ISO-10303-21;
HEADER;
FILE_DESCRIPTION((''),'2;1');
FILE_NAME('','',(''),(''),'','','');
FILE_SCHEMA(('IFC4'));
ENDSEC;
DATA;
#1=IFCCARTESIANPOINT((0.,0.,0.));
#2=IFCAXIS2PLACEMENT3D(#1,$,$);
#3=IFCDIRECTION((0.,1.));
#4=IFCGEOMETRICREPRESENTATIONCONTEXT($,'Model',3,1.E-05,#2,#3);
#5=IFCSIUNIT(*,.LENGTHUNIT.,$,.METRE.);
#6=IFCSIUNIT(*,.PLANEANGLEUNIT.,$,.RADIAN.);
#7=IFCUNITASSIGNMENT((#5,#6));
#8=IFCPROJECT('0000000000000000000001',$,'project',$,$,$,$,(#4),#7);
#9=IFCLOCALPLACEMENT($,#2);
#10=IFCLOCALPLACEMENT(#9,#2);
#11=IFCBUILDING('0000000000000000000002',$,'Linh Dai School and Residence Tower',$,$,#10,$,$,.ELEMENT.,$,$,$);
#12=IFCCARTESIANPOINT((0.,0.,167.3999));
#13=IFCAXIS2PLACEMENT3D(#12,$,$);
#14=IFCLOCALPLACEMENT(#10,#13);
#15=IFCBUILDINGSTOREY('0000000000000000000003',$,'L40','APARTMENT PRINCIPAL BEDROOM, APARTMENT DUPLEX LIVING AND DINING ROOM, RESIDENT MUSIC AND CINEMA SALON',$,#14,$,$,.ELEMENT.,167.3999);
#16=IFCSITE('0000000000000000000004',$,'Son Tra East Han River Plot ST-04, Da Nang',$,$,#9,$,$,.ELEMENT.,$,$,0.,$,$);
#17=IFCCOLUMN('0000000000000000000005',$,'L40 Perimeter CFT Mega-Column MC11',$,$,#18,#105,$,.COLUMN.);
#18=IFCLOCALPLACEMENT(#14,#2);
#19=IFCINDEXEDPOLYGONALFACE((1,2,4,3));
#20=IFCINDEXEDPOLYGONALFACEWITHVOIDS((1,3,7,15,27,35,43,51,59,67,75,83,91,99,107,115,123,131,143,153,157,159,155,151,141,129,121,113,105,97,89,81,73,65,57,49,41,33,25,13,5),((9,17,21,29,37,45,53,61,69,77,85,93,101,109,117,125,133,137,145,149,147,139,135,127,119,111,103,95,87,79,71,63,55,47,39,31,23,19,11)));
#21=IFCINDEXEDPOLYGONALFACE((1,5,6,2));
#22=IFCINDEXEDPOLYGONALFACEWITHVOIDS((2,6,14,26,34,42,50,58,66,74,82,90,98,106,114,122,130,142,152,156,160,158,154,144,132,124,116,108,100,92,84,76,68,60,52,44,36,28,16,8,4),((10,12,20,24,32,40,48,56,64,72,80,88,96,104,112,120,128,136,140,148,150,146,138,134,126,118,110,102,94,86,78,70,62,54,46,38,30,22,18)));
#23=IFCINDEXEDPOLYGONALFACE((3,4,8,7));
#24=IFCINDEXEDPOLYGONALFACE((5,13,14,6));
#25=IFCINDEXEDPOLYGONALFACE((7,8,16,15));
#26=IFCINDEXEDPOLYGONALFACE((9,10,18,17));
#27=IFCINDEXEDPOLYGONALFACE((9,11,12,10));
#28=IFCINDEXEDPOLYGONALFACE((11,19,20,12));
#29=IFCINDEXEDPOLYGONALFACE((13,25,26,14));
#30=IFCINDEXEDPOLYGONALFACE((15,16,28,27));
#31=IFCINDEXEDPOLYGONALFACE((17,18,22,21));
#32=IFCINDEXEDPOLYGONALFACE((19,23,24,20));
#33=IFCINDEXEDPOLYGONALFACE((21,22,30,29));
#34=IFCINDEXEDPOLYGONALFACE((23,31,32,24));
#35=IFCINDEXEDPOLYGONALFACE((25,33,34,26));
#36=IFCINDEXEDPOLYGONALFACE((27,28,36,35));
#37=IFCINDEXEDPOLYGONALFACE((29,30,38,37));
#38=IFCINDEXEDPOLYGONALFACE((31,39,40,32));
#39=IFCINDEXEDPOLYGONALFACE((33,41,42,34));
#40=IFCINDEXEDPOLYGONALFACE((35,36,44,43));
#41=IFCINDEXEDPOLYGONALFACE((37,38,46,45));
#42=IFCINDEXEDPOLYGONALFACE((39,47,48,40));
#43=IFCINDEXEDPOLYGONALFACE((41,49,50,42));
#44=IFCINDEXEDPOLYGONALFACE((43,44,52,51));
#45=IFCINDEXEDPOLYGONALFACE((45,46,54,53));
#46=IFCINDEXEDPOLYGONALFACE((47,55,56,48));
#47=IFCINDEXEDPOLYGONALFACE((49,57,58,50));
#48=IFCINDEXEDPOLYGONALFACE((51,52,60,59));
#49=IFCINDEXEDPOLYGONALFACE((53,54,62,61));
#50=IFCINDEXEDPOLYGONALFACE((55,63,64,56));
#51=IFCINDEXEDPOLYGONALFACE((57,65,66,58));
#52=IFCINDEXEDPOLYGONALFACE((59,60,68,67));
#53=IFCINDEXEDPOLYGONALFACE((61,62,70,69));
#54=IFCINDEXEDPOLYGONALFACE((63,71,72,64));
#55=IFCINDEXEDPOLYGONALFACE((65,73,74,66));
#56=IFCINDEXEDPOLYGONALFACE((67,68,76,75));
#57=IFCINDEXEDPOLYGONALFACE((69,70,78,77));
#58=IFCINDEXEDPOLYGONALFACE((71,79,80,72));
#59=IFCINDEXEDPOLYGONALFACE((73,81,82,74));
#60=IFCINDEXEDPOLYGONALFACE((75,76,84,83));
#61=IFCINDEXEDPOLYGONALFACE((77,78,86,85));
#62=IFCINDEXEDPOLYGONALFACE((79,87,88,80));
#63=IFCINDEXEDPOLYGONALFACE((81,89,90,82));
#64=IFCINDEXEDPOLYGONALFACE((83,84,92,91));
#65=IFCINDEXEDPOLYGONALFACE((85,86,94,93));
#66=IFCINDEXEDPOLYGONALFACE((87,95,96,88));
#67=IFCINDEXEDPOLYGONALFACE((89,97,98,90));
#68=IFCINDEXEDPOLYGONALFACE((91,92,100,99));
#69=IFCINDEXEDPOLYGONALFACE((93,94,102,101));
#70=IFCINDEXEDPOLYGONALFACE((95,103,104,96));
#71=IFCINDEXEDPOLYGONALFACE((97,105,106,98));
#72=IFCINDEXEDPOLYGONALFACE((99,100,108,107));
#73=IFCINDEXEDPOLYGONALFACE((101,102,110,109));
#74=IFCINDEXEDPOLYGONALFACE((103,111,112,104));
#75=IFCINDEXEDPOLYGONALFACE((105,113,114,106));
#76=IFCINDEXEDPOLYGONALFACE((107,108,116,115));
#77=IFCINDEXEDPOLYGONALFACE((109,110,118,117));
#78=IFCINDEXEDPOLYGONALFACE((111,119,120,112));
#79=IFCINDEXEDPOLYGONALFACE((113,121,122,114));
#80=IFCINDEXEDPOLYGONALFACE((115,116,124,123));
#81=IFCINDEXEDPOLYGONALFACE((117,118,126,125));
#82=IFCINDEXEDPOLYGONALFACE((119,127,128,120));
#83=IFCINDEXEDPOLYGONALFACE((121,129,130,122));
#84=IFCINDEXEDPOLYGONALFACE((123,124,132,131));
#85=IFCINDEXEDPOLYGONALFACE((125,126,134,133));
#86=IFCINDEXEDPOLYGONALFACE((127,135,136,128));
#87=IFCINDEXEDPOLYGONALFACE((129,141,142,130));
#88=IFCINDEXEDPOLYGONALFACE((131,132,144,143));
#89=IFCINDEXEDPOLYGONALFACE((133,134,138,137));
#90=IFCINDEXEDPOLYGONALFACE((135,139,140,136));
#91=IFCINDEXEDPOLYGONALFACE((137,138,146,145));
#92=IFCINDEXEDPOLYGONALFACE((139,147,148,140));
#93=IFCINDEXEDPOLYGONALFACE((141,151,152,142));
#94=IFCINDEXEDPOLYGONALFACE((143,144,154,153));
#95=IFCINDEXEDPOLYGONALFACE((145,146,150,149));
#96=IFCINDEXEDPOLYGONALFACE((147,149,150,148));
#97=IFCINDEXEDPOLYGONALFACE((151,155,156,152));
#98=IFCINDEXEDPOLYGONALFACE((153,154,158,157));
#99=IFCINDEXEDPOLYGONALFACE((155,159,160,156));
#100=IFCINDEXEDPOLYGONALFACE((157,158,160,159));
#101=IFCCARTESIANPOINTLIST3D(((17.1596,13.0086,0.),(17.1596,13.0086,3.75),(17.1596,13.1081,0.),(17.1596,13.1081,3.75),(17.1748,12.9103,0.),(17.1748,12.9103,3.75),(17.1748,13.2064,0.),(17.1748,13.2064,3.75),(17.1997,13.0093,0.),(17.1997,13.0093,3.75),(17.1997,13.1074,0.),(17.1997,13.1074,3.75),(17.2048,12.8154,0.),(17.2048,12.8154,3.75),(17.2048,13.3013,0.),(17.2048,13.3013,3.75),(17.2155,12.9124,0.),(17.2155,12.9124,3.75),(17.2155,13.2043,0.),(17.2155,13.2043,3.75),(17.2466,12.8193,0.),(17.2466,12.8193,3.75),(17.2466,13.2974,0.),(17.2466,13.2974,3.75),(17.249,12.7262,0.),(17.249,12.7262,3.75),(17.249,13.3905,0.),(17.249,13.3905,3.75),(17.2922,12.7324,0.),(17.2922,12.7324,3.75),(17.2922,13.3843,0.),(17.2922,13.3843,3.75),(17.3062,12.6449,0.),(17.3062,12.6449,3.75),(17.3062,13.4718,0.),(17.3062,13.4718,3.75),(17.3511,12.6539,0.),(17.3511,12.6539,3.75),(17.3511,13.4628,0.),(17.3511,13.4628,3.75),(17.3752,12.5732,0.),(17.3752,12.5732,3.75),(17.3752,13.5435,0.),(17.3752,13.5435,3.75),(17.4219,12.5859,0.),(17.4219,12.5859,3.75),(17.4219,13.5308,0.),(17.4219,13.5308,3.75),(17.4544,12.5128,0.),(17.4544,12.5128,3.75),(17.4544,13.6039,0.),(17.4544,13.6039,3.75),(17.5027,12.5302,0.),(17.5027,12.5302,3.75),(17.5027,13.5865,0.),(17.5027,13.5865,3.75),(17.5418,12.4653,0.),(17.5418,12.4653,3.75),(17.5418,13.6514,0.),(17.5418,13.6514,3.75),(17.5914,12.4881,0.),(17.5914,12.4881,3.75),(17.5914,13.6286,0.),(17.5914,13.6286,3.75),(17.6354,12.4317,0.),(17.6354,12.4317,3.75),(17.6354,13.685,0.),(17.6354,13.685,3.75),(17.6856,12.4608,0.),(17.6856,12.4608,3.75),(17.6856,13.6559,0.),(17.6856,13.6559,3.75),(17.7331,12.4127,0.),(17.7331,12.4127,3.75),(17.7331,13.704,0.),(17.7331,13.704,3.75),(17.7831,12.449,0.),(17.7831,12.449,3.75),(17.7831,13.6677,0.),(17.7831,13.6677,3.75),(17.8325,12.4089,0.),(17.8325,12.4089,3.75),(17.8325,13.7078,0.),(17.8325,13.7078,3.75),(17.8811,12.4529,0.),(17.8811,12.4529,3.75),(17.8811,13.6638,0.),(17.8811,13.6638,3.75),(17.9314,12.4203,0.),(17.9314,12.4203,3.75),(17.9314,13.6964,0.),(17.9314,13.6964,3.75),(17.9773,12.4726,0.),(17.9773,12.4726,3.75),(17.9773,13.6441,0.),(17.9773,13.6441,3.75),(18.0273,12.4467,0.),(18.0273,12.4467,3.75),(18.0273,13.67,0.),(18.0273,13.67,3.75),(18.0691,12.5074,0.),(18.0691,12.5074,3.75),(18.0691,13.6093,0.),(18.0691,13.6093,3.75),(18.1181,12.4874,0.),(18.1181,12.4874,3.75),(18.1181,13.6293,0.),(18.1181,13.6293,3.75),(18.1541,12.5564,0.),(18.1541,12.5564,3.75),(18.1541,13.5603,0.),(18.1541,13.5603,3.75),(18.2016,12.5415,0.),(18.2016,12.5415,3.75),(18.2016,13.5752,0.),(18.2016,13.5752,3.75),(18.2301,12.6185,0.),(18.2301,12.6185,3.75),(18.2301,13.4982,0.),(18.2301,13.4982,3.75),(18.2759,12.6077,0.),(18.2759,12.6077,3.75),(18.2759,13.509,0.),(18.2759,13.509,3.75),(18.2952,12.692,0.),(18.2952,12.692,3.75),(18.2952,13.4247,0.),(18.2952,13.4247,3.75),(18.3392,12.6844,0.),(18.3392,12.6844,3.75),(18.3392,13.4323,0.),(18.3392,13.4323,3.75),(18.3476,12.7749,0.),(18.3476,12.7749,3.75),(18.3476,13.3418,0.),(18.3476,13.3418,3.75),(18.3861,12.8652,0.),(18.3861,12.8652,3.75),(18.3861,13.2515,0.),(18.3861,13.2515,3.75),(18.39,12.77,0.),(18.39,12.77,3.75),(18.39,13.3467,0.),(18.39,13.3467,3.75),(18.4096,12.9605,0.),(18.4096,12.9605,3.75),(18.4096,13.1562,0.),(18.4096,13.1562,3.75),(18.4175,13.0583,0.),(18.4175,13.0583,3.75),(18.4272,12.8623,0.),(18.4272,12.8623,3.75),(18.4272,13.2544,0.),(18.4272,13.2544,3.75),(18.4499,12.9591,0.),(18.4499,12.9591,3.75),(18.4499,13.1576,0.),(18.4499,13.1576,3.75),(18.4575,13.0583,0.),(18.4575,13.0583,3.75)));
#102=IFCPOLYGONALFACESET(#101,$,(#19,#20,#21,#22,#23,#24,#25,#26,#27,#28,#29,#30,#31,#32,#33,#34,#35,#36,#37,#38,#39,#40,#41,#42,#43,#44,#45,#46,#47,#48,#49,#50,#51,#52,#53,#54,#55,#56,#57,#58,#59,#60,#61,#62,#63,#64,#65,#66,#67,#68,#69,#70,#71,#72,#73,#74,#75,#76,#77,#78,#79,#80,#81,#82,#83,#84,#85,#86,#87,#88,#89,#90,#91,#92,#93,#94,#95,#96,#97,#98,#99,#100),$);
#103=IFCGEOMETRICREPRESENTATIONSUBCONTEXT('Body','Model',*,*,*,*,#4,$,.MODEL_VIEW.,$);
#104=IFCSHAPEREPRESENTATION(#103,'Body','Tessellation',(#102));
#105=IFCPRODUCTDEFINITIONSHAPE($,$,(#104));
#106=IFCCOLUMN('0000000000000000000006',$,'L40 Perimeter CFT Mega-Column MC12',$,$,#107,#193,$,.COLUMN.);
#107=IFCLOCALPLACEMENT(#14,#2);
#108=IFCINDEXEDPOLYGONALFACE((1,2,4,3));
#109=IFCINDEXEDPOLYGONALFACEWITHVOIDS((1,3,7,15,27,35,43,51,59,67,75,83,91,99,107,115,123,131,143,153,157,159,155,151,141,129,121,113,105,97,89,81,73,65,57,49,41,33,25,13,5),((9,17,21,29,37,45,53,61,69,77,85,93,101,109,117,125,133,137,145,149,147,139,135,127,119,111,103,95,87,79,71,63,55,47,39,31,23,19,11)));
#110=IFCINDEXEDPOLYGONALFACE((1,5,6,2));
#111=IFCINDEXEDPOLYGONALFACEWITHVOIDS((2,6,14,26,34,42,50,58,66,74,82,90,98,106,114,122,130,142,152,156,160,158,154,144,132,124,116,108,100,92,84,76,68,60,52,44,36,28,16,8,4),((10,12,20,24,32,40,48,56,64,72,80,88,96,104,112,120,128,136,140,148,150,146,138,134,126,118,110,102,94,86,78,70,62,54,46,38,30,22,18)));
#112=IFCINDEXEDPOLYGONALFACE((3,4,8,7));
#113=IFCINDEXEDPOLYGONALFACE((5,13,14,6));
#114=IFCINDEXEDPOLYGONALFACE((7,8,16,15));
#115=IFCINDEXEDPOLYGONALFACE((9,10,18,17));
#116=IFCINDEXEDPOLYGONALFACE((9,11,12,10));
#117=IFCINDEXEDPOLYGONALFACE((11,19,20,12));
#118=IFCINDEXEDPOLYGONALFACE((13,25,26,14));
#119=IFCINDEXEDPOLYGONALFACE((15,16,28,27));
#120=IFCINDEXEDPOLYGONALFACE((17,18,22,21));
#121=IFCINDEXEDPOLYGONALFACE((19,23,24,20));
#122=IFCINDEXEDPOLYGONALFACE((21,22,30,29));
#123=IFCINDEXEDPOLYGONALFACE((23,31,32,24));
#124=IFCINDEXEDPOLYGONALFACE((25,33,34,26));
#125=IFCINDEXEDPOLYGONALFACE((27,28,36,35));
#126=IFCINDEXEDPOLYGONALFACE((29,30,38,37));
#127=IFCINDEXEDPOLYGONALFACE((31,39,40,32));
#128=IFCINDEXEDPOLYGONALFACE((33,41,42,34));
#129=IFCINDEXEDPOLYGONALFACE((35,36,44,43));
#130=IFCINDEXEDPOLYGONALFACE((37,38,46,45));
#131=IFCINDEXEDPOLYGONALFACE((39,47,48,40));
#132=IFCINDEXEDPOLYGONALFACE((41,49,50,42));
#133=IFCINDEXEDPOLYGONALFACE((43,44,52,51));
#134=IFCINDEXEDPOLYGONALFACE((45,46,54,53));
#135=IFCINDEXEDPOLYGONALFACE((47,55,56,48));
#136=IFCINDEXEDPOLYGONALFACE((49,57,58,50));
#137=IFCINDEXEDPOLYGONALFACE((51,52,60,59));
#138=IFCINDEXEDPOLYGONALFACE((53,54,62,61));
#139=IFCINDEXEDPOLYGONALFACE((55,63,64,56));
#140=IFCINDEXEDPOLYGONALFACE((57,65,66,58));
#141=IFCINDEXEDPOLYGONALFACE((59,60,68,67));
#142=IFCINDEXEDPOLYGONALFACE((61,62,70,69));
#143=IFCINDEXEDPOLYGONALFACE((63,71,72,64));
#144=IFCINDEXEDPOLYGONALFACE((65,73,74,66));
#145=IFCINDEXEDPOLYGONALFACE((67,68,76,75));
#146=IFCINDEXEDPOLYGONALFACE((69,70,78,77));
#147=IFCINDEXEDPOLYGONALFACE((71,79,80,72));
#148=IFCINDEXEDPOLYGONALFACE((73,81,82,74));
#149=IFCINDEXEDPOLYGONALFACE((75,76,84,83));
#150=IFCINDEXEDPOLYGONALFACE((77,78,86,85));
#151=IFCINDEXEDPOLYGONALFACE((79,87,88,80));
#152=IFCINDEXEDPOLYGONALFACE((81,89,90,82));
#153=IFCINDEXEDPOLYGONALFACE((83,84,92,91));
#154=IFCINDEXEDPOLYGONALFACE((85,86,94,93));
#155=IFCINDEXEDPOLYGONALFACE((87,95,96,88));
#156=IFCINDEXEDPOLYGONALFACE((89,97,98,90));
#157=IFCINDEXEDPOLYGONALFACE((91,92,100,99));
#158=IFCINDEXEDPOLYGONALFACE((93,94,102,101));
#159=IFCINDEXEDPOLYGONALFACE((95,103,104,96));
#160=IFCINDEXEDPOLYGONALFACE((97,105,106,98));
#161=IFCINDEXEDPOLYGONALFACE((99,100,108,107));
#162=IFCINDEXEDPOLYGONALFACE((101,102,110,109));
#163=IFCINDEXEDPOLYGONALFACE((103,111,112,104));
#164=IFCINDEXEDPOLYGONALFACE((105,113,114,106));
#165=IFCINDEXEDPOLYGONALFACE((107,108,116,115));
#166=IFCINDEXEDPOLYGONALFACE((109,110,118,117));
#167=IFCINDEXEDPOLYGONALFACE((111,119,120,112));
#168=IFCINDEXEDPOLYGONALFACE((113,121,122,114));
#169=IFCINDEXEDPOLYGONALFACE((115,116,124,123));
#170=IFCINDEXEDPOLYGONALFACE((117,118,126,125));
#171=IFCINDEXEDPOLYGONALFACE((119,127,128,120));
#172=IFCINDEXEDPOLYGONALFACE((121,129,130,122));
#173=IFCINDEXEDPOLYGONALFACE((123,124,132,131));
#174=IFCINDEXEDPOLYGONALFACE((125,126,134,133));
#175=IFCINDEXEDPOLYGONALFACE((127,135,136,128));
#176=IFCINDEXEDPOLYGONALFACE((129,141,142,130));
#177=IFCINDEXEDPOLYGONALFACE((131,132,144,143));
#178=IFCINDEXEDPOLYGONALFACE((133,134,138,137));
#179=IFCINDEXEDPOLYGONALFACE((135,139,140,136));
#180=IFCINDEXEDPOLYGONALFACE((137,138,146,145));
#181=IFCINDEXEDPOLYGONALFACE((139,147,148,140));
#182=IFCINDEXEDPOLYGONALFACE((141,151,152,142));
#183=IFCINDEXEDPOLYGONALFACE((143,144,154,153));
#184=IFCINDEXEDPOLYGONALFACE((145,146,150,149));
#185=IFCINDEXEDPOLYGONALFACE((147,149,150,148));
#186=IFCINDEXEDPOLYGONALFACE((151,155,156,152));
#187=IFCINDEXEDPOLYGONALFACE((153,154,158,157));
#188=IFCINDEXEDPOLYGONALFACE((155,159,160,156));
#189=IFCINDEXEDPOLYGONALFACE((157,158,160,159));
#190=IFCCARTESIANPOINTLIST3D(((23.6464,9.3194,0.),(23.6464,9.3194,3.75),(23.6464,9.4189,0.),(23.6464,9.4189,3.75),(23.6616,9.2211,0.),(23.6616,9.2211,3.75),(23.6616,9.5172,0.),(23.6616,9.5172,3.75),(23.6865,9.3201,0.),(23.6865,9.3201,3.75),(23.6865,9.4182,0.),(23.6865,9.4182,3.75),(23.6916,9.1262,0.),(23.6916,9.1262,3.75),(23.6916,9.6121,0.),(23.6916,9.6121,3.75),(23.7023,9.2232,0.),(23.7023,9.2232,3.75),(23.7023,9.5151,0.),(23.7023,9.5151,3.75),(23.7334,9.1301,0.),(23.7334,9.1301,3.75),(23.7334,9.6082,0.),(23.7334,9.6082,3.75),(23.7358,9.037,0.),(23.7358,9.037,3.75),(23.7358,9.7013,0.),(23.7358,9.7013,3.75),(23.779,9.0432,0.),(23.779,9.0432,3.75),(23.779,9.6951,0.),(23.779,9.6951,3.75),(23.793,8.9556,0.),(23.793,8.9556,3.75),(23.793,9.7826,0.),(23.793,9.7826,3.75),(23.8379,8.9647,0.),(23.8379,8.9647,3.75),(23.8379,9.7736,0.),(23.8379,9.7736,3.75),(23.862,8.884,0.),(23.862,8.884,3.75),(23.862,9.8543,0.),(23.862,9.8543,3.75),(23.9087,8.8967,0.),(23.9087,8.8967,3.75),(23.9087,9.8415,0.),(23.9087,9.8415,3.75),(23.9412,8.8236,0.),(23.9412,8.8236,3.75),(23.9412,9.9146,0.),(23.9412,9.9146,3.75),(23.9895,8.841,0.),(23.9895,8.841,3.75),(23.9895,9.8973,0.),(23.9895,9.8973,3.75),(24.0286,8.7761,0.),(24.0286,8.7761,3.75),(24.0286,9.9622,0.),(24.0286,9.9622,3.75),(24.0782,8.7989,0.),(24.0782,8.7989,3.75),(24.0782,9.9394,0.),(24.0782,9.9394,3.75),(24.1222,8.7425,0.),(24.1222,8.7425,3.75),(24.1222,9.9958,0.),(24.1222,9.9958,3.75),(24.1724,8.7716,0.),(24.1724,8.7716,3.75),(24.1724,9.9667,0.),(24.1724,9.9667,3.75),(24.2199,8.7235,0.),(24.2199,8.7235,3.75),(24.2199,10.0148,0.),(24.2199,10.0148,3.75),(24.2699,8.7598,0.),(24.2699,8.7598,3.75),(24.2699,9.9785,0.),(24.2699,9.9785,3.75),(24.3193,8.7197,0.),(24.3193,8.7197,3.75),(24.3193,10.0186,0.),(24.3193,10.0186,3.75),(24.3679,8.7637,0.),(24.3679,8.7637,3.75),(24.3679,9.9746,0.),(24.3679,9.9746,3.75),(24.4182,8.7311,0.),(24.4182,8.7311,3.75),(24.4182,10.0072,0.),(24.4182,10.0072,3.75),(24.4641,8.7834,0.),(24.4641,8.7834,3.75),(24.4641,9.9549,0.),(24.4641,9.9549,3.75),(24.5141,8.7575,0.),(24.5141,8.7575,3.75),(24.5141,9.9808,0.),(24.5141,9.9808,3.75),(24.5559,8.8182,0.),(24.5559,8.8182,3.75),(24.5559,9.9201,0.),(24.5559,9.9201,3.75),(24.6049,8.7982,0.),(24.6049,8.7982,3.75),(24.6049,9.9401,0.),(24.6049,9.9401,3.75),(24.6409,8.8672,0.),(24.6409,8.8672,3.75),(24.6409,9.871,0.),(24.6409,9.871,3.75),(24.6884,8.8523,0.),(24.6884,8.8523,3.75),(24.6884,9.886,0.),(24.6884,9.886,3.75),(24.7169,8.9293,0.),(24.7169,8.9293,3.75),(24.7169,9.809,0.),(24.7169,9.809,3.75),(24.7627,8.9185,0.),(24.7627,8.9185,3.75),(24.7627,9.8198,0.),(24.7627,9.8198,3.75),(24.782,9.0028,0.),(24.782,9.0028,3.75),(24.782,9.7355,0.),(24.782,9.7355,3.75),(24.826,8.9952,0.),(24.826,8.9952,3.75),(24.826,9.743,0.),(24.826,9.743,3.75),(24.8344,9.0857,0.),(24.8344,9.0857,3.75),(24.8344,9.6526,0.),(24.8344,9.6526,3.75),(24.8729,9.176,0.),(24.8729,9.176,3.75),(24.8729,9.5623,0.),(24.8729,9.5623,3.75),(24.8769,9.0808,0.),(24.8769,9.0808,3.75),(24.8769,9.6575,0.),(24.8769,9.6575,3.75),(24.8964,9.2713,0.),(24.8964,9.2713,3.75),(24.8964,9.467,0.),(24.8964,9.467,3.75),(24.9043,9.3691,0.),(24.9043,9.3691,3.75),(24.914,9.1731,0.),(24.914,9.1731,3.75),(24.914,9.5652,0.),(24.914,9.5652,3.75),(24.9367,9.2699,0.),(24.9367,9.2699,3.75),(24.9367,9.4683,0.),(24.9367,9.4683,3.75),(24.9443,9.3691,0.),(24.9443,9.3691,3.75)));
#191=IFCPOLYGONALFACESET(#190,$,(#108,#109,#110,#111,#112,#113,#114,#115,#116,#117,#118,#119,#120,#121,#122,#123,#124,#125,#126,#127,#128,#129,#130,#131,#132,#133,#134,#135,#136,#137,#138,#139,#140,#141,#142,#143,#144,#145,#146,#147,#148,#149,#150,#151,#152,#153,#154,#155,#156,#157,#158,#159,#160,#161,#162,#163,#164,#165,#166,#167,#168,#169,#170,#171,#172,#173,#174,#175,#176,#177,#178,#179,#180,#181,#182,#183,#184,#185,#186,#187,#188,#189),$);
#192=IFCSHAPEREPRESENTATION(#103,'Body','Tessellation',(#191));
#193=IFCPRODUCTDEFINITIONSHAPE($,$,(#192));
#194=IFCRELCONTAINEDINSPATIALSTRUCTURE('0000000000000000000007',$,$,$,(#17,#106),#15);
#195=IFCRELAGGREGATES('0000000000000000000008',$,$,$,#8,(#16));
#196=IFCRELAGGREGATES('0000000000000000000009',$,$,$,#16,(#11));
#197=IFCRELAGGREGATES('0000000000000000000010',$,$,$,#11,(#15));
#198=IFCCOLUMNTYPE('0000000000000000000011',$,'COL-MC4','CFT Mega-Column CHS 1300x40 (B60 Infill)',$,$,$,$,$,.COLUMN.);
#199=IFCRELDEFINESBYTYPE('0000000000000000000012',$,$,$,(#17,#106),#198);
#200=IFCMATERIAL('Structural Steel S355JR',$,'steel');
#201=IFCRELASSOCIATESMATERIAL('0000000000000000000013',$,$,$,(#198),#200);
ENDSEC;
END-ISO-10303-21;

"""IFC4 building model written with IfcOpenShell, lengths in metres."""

from ifc_helpers import new_model, si_unit, direction, frame, origin, origin_2d, place, context, subcontext, project, spatial, hollow_circle, extrude, material, material_profile, profile_set, type_object, element, save


model = new_model("IFC4")

# Units and contexts
model_context = context("Model", 3, precision=1e-05, world=origin(), true_north=direction((0.0, 1.0)))
body_context = subcontext(model_context, "Body", "Model", "MODEL_VIEW")
ifc_project = project(units=[si_unit("LENGTHUNIT", "METRE"), si_unit("PLANEANGLEUNIT", "RADIAN")], contexts=[model_context])

# Site, building, storey
site_placement = place(None, origin())
site = spatial("IfcSite", under=ifc_project, at=site_placement, Name="Son Tra East Han River Plot ST-04, Da Nang", CompositionType="ELEMENT", RefElevation=0.0)
building_placement = place(site_placement, origin())
building = spatial("IfcBuilding", under=site, at=building_placement, Name="Linh Dai School and Residence Tower", CompositionType="ELEMENT")
storey_placement = place(building_placement, frame((0.0, 0.0, 167.3999)))
storey = spatial("IfcBuildingStorey", under=building, at=storey_placement, Name="L40", Description="APARTMENT PRINCIPAL BEDROOM, APARTMENT DUPLEX LIVING AND DINING ROOM, RESIDENT MUSIC AND CINEMA SALON", CompositionType="ELEMENT", Elevation=167.3999)

# Columns
ifc_material_1 = material(Name="Structural Steel S355JR", Category="steel")
ifc_material_profile_1 = material_profile(ifc_material_1, hollow_circle(Radius=0.6499, WallThickness=0.04, at=origin_2d()), Name="CHS 1300x40")
ifc_profile_set_1 = profile_set([ifc_material_profile_1], Name="Structural Steel S355JR")
column_type = type_object("IfcColumnType", Name="COL-MC4", Description="CFT Mega-Column CHS 1300x40 (B60 Infill)", PredefinedType="COLUMN", material=ifc_profile_set_1)
for number, where, z_axis, x_axis, name in (
    (1, (17.8076, 13.0583, 0.0), (0.0, 0.0, 1.0), (1.0, 0.0, 0.0), "L40 Perimeter CFT Mega-Column MC11"),
    (2, (24.2944, 9.3691, 0.0), (0.0, 0.0, 1.0), (1.0, 0.0, 0.0), "L40 Perimeter CFT Mega-Column MC12"),
):
    element("IfcColumn", number, at=place(storey_placement, frame(where, z_axis=z_axis, x_axis=x_axis)), inside=storey, type_object=column_type, Name=name, PredefinedType="COLUMN", context=body_context, shape_type="SweptSolid", body=[
        extrude(hollow_circle(Radius=0.6499, WallThickness=0.04, at=origin_2d()), origin(), (0.0, 0.0, 1.0), 3.75),
    ])

save(model, "model.ifc")
